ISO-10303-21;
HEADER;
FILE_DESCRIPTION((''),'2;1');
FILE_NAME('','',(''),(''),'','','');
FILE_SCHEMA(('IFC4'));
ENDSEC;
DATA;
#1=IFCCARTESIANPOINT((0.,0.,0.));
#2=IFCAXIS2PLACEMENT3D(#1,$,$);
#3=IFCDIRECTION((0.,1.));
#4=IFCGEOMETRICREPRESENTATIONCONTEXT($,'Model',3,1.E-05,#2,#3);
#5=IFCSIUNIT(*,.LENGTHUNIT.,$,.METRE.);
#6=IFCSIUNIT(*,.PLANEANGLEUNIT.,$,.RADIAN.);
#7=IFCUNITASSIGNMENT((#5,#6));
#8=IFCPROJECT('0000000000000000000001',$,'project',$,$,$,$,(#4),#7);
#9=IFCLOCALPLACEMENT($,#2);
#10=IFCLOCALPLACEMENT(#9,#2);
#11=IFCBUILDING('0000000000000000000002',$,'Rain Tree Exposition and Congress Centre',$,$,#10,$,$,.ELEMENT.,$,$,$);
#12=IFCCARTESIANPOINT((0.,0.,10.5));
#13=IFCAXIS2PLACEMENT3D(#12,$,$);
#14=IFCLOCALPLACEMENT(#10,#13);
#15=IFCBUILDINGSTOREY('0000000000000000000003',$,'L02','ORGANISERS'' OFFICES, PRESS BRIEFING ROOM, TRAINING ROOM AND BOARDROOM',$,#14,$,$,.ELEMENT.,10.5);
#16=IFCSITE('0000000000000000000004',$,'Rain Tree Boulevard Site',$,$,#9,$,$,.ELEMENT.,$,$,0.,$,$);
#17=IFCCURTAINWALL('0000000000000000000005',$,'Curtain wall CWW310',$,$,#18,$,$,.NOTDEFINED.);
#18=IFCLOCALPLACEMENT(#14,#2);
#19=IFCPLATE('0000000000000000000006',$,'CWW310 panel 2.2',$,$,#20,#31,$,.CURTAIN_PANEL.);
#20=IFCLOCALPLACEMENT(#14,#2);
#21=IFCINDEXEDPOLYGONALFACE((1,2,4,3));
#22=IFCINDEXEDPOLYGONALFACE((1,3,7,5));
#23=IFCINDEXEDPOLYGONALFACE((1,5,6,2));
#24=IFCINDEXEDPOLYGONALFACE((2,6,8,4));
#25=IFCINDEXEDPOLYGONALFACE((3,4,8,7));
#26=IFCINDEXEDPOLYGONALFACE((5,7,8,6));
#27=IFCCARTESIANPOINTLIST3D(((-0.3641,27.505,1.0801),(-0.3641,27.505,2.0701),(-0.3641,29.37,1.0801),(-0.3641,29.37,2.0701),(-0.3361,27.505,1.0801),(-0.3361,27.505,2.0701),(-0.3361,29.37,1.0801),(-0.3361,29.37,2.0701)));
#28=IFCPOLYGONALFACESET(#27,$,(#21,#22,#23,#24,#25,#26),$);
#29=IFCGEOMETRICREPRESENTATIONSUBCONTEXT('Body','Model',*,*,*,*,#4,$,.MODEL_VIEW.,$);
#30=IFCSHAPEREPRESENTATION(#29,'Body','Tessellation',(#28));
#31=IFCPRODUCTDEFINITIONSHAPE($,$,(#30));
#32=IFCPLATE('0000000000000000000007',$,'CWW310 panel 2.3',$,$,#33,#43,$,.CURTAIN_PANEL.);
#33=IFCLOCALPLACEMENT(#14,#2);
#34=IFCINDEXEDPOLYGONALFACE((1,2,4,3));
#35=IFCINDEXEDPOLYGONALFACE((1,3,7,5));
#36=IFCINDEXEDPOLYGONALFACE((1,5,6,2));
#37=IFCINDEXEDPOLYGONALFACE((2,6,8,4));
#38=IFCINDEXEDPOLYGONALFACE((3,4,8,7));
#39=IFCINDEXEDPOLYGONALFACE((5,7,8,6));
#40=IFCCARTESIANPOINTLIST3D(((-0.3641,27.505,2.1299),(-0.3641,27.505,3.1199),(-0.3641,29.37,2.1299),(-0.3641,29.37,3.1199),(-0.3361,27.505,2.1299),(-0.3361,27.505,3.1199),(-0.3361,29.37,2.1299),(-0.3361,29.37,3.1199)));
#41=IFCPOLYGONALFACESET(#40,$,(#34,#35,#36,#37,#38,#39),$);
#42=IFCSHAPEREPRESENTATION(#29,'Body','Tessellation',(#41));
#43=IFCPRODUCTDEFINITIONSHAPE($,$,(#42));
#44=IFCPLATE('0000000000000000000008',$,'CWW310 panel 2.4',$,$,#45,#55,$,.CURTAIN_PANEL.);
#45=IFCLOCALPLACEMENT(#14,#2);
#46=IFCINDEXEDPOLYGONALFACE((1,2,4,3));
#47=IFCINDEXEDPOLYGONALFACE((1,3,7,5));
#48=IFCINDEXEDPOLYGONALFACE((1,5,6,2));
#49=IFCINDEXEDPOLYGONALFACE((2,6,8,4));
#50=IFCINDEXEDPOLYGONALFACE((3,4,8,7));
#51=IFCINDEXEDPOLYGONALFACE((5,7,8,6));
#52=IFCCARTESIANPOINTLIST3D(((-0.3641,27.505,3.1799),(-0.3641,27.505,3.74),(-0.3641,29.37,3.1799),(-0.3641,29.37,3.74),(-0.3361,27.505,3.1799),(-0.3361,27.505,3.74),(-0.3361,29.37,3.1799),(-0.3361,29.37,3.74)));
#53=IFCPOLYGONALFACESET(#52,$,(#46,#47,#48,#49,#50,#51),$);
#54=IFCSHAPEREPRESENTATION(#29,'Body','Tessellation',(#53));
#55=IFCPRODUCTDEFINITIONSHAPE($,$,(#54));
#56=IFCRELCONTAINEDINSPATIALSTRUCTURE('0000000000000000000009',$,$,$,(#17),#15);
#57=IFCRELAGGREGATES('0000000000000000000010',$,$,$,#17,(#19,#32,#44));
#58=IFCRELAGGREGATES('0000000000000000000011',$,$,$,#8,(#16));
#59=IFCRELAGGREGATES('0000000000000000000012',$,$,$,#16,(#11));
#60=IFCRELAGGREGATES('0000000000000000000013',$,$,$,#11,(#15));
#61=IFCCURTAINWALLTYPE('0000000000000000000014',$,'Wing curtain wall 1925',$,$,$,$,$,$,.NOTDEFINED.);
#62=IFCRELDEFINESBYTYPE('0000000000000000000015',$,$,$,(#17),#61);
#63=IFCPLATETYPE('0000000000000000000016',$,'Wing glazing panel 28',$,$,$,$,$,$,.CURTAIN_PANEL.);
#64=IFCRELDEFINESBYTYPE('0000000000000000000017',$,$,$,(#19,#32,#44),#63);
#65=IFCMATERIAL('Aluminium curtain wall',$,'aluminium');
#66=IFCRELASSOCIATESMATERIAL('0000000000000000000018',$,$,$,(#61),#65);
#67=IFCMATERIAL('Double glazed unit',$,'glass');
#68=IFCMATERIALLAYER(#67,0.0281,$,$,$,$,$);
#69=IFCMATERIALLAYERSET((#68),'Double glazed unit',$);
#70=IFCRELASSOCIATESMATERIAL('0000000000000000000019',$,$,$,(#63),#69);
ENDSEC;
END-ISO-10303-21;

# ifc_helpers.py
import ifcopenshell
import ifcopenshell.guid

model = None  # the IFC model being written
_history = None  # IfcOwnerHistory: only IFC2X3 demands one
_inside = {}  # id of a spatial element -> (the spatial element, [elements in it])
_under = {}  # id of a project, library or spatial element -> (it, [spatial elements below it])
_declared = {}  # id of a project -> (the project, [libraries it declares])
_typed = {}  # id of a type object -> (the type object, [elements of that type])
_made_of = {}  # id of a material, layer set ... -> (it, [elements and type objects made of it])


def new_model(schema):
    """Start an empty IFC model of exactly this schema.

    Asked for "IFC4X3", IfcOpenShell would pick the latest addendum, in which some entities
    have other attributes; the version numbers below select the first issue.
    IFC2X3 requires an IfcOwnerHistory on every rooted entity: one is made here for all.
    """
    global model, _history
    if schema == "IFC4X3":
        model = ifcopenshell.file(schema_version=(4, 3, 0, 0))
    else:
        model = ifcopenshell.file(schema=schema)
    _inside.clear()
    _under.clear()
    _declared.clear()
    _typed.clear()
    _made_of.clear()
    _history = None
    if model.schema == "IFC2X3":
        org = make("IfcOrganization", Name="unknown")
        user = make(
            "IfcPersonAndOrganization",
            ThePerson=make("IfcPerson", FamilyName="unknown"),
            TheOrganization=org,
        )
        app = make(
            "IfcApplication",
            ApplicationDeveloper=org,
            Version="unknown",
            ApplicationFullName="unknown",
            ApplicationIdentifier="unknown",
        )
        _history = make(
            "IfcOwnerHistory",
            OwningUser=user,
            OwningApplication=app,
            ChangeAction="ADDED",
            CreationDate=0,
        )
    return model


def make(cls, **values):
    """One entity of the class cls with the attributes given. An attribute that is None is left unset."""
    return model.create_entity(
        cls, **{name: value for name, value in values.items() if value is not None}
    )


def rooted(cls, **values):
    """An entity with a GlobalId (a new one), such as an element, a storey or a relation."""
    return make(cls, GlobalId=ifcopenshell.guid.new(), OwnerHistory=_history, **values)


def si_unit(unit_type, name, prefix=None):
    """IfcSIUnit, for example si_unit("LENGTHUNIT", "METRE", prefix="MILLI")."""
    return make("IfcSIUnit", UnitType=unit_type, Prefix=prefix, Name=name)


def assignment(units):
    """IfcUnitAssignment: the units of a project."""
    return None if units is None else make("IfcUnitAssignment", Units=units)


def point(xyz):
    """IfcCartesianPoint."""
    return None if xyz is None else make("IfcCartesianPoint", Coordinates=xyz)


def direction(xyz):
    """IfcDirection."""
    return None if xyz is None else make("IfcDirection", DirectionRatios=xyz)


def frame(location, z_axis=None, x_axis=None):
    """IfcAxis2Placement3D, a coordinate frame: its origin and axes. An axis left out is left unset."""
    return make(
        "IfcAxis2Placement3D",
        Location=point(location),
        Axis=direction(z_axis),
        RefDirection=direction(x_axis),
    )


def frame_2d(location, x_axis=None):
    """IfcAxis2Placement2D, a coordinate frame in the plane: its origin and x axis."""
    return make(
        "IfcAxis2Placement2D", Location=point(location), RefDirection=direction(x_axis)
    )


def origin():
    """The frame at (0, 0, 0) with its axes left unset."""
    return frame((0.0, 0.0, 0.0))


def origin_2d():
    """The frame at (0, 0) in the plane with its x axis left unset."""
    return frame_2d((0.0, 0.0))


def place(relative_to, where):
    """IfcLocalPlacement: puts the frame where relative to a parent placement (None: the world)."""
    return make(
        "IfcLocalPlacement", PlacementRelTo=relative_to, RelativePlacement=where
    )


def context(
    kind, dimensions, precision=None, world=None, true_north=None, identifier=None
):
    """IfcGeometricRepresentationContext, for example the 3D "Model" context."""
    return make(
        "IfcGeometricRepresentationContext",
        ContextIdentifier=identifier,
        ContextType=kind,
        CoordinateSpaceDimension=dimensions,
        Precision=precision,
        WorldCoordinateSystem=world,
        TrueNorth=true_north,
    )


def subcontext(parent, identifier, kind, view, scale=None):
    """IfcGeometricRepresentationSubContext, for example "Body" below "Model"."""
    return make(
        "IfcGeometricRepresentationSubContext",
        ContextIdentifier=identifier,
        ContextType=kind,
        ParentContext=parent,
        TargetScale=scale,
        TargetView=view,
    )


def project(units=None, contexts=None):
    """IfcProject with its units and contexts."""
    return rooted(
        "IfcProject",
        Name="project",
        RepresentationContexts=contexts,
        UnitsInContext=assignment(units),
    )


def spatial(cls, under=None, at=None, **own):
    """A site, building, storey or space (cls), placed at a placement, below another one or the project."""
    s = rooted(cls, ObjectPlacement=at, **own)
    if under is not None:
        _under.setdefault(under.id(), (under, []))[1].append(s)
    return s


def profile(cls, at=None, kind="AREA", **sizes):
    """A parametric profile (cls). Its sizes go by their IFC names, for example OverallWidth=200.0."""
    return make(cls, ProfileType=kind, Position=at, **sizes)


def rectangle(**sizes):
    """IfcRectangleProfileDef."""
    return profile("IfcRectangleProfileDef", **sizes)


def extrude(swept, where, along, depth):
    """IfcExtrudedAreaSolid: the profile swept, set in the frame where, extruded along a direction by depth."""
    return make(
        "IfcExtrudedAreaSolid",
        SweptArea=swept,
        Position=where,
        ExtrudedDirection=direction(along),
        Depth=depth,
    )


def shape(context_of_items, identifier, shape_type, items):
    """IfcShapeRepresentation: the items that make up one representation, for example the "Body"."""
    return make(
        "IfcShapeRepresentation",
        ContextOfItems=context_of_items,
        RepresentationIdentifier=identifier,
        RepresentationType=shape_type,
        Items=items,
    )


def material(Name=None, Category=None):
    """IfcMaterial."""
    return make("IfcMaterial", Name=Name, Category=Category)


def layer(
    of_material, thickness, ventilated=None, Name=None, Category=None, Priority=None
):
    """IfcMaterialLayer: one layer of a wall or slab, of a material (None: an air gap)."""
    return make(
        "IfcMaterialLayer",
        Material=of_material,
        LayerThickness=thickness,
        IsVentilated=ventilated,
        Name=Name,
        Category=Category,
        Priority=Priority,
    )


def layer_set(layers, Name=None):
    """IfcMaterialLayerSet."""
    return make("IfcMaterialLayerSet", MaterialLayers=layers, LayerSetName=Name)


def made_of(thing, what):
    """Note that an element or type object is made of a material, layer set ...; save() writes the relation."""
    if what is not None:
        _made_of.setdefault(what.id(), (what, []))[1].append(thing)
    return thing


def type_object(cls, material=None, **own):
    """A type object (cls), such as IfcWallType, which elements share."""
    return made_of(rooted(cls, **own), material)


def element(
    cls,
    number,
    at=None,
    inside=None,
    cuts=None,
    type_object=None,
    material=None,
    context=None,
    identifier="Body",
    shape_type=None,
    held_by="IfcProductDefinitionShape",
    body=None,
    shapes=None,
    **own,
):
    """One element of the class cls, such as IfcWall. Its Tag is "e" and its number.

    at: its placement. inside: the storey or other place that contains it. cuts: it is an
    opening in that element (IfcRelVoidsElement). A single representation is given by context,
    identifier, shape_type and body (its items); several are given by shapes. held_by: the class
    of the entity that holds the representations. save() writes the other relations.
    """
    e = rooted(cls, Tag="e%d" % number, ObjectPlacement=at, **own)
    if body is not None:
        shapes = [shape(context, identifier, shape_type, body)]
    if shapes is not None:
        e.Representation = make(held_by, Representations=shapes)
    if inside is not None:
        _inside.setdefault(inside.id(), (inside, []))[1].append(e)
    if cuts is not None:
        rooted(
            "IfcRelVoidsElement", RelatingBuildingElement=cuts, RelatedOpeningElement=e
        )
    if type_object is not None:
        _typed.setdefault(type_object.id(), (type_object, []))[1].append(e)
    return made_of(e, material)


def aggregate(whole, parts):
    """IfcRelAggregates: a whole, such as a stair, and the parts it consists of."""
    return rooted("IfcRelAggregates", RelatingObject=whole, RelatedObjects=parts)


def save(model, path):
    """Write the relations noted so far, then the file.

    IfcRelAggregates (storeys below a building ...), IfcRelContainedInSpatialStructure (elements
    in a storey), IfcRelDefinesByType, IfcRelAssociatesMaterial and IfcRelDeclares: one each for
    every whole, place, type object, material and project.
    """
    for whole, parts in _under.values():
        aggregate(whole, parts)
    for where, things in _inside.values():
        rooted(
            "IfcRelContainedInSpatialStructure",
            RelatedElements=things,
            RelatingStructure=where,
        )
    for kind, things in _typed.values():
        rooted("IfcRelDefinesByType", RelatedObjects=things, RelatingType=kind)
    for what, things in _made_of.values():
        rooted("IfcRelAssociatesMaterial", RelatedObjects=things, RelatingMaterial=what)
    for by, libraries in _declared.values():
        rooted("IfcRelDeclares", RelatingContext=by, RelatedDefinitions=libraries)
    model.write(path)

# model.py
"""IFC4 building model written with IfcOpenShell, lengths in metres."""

from ifc_helpers import new_model, si_unit, direction, frame, origin, origin_2d, place, context, subcontext, project, spatial, rectangle, extrude, material, layer, layer_set, type_object, element, aggregate, save


model = new_model("IFC4")

# Units and contexts
model_context = context("Model", 3, precision=1e-05, world=origin(), true_north=direction((0.0, 1.0)))
body_context = subcontext(model_context, "Body", "Model", "MODEL_VIEW")
ifc_project = project(units=[si_unit("LENGTHUNIT", "METRE"), si_unit("PLANEANGLEUNIT", "RADIAN")], contexts=[model_context])

# Site, building, storey
site_placement = place(None, origin())
site = spatial("IfcSite", under=ifc_project, at=site_placement, Name="Rain Tree Boulevard Site", CompositionType="ELEMENT", RefElevation=0.0)
building_placement = place(site_placement, origin())
building = spatial("IfcBuilding", under=site, at=building_placement, Name="Rain Tree Exposition and Congress Centre", CompositionType="ELEMENT")
storey_placement = place(building_placement, frame((0.0, 0.0, 10.5)))
storey = spatial("IfcBuildingStorey", under=building, at=storey_placement, Name="L02", Description="ORGANISERS' OFFICES, PRESS BRIEFING ROOM, TRAINING ROOM AND BOARDROOM", CompositionType="ELEMENT", Elevation=10.5)

# Shared definitions
ifc_material_1 = material(Name="Aluminium curtain wall", Category="aluminium")
curtain_wall_type = type_object("IfcCurtainWallType", Name="Wing curtain wall 1925", PredefinedType="NOTDEFINED", material=ifc_material_1)

# Curtain wall
curtain_wall_1_placement = place(storey_placement, origin())
curtain_wall_1 = element("IfcCurtainWall", 1, at=curtain_wall_1_placement, inside=storey, type_object=curtain_wall_type, Name="Curtain wall CWW310", PredefinedType="NOTDEFINED")

# Plates
ifc_material_2 = material(Name="Double glazed unit", Category="glass")
ifc_layer_1 = layer(ifc_material_2, 0.0281)
ifc_layer_set_1 = layer_set([ifc_layer_1], Name="Double glazed unit")
plate_type = type_object("IfcPlateType", Name="Wing glazing panel 28", PredefinedType="CURTAIN_PANEL", material=ifc_layer_set_1)
plate_1_placement = place(storey_placement, frame((-0.3501, 28.4375, 1.0801), z_axis=(0.0, 0.0, 1.0), x_axis=(0.0, 1.0, 0.0)))
plate_1 = element("IfcPlate", 2, at=plate_1_placement, type_object=plate_type, Name="CWW310 panel 2.2", PredefinedType="CURTAIN_PANEL", context=body_context, shape_type="SweptSolid", body=[
    extrude(rectangle(XDim=1.865, YDim=0.0281, at=origin_2d()), origin(), (0.0, 0.0, 1.0), 0.99),
])
plate_2_placement = place(storey_placement, frame((-0.3501, 28.4375, 2.1299), z_axis=(0.0, 0.0, 1.0), x_axis=(0.0, 1.0, 0.0)))
plate_2 = element("IfcPlate", 3, at=plate_2_placement, type_object=plate_type, Name="CWW310 panel 2.3", PredefinedType="CURTAIN_PANEL", context=body_context, shape_type="SweptSolid", body=[
    extrude(rectangle(XDim=1.865, YDim=0.0281, at=origin_2d()), origin(), (0.0, 0.0, 1.0), 0.99),
])
plate_3_placement = place(storey_placement, frame((-0.3501, 28.4375, 3.1799), z_axis=(0.0, 0.0, 1.0), x_axis=(0.0, 1.0, 0.0)))
plate_3 = element("IfcPlate", 4, at=plate_3_placement, type_object=plate_type, Name="CWW310 panel 2.4", PredefinedType="CURTAIN_PANEL", context=body_context, shape_type="SweptSolid", body=[
    extrude(rectangle(XDim=1.865, YDim=0.0281, at=origin_2d()), origin(), (0.0, 0.0, 1.0), 0.5601),
])
aggregate(curtain_wall_1, [plate_1, plate_2, plate_3])

save(model, "model.ifc")
